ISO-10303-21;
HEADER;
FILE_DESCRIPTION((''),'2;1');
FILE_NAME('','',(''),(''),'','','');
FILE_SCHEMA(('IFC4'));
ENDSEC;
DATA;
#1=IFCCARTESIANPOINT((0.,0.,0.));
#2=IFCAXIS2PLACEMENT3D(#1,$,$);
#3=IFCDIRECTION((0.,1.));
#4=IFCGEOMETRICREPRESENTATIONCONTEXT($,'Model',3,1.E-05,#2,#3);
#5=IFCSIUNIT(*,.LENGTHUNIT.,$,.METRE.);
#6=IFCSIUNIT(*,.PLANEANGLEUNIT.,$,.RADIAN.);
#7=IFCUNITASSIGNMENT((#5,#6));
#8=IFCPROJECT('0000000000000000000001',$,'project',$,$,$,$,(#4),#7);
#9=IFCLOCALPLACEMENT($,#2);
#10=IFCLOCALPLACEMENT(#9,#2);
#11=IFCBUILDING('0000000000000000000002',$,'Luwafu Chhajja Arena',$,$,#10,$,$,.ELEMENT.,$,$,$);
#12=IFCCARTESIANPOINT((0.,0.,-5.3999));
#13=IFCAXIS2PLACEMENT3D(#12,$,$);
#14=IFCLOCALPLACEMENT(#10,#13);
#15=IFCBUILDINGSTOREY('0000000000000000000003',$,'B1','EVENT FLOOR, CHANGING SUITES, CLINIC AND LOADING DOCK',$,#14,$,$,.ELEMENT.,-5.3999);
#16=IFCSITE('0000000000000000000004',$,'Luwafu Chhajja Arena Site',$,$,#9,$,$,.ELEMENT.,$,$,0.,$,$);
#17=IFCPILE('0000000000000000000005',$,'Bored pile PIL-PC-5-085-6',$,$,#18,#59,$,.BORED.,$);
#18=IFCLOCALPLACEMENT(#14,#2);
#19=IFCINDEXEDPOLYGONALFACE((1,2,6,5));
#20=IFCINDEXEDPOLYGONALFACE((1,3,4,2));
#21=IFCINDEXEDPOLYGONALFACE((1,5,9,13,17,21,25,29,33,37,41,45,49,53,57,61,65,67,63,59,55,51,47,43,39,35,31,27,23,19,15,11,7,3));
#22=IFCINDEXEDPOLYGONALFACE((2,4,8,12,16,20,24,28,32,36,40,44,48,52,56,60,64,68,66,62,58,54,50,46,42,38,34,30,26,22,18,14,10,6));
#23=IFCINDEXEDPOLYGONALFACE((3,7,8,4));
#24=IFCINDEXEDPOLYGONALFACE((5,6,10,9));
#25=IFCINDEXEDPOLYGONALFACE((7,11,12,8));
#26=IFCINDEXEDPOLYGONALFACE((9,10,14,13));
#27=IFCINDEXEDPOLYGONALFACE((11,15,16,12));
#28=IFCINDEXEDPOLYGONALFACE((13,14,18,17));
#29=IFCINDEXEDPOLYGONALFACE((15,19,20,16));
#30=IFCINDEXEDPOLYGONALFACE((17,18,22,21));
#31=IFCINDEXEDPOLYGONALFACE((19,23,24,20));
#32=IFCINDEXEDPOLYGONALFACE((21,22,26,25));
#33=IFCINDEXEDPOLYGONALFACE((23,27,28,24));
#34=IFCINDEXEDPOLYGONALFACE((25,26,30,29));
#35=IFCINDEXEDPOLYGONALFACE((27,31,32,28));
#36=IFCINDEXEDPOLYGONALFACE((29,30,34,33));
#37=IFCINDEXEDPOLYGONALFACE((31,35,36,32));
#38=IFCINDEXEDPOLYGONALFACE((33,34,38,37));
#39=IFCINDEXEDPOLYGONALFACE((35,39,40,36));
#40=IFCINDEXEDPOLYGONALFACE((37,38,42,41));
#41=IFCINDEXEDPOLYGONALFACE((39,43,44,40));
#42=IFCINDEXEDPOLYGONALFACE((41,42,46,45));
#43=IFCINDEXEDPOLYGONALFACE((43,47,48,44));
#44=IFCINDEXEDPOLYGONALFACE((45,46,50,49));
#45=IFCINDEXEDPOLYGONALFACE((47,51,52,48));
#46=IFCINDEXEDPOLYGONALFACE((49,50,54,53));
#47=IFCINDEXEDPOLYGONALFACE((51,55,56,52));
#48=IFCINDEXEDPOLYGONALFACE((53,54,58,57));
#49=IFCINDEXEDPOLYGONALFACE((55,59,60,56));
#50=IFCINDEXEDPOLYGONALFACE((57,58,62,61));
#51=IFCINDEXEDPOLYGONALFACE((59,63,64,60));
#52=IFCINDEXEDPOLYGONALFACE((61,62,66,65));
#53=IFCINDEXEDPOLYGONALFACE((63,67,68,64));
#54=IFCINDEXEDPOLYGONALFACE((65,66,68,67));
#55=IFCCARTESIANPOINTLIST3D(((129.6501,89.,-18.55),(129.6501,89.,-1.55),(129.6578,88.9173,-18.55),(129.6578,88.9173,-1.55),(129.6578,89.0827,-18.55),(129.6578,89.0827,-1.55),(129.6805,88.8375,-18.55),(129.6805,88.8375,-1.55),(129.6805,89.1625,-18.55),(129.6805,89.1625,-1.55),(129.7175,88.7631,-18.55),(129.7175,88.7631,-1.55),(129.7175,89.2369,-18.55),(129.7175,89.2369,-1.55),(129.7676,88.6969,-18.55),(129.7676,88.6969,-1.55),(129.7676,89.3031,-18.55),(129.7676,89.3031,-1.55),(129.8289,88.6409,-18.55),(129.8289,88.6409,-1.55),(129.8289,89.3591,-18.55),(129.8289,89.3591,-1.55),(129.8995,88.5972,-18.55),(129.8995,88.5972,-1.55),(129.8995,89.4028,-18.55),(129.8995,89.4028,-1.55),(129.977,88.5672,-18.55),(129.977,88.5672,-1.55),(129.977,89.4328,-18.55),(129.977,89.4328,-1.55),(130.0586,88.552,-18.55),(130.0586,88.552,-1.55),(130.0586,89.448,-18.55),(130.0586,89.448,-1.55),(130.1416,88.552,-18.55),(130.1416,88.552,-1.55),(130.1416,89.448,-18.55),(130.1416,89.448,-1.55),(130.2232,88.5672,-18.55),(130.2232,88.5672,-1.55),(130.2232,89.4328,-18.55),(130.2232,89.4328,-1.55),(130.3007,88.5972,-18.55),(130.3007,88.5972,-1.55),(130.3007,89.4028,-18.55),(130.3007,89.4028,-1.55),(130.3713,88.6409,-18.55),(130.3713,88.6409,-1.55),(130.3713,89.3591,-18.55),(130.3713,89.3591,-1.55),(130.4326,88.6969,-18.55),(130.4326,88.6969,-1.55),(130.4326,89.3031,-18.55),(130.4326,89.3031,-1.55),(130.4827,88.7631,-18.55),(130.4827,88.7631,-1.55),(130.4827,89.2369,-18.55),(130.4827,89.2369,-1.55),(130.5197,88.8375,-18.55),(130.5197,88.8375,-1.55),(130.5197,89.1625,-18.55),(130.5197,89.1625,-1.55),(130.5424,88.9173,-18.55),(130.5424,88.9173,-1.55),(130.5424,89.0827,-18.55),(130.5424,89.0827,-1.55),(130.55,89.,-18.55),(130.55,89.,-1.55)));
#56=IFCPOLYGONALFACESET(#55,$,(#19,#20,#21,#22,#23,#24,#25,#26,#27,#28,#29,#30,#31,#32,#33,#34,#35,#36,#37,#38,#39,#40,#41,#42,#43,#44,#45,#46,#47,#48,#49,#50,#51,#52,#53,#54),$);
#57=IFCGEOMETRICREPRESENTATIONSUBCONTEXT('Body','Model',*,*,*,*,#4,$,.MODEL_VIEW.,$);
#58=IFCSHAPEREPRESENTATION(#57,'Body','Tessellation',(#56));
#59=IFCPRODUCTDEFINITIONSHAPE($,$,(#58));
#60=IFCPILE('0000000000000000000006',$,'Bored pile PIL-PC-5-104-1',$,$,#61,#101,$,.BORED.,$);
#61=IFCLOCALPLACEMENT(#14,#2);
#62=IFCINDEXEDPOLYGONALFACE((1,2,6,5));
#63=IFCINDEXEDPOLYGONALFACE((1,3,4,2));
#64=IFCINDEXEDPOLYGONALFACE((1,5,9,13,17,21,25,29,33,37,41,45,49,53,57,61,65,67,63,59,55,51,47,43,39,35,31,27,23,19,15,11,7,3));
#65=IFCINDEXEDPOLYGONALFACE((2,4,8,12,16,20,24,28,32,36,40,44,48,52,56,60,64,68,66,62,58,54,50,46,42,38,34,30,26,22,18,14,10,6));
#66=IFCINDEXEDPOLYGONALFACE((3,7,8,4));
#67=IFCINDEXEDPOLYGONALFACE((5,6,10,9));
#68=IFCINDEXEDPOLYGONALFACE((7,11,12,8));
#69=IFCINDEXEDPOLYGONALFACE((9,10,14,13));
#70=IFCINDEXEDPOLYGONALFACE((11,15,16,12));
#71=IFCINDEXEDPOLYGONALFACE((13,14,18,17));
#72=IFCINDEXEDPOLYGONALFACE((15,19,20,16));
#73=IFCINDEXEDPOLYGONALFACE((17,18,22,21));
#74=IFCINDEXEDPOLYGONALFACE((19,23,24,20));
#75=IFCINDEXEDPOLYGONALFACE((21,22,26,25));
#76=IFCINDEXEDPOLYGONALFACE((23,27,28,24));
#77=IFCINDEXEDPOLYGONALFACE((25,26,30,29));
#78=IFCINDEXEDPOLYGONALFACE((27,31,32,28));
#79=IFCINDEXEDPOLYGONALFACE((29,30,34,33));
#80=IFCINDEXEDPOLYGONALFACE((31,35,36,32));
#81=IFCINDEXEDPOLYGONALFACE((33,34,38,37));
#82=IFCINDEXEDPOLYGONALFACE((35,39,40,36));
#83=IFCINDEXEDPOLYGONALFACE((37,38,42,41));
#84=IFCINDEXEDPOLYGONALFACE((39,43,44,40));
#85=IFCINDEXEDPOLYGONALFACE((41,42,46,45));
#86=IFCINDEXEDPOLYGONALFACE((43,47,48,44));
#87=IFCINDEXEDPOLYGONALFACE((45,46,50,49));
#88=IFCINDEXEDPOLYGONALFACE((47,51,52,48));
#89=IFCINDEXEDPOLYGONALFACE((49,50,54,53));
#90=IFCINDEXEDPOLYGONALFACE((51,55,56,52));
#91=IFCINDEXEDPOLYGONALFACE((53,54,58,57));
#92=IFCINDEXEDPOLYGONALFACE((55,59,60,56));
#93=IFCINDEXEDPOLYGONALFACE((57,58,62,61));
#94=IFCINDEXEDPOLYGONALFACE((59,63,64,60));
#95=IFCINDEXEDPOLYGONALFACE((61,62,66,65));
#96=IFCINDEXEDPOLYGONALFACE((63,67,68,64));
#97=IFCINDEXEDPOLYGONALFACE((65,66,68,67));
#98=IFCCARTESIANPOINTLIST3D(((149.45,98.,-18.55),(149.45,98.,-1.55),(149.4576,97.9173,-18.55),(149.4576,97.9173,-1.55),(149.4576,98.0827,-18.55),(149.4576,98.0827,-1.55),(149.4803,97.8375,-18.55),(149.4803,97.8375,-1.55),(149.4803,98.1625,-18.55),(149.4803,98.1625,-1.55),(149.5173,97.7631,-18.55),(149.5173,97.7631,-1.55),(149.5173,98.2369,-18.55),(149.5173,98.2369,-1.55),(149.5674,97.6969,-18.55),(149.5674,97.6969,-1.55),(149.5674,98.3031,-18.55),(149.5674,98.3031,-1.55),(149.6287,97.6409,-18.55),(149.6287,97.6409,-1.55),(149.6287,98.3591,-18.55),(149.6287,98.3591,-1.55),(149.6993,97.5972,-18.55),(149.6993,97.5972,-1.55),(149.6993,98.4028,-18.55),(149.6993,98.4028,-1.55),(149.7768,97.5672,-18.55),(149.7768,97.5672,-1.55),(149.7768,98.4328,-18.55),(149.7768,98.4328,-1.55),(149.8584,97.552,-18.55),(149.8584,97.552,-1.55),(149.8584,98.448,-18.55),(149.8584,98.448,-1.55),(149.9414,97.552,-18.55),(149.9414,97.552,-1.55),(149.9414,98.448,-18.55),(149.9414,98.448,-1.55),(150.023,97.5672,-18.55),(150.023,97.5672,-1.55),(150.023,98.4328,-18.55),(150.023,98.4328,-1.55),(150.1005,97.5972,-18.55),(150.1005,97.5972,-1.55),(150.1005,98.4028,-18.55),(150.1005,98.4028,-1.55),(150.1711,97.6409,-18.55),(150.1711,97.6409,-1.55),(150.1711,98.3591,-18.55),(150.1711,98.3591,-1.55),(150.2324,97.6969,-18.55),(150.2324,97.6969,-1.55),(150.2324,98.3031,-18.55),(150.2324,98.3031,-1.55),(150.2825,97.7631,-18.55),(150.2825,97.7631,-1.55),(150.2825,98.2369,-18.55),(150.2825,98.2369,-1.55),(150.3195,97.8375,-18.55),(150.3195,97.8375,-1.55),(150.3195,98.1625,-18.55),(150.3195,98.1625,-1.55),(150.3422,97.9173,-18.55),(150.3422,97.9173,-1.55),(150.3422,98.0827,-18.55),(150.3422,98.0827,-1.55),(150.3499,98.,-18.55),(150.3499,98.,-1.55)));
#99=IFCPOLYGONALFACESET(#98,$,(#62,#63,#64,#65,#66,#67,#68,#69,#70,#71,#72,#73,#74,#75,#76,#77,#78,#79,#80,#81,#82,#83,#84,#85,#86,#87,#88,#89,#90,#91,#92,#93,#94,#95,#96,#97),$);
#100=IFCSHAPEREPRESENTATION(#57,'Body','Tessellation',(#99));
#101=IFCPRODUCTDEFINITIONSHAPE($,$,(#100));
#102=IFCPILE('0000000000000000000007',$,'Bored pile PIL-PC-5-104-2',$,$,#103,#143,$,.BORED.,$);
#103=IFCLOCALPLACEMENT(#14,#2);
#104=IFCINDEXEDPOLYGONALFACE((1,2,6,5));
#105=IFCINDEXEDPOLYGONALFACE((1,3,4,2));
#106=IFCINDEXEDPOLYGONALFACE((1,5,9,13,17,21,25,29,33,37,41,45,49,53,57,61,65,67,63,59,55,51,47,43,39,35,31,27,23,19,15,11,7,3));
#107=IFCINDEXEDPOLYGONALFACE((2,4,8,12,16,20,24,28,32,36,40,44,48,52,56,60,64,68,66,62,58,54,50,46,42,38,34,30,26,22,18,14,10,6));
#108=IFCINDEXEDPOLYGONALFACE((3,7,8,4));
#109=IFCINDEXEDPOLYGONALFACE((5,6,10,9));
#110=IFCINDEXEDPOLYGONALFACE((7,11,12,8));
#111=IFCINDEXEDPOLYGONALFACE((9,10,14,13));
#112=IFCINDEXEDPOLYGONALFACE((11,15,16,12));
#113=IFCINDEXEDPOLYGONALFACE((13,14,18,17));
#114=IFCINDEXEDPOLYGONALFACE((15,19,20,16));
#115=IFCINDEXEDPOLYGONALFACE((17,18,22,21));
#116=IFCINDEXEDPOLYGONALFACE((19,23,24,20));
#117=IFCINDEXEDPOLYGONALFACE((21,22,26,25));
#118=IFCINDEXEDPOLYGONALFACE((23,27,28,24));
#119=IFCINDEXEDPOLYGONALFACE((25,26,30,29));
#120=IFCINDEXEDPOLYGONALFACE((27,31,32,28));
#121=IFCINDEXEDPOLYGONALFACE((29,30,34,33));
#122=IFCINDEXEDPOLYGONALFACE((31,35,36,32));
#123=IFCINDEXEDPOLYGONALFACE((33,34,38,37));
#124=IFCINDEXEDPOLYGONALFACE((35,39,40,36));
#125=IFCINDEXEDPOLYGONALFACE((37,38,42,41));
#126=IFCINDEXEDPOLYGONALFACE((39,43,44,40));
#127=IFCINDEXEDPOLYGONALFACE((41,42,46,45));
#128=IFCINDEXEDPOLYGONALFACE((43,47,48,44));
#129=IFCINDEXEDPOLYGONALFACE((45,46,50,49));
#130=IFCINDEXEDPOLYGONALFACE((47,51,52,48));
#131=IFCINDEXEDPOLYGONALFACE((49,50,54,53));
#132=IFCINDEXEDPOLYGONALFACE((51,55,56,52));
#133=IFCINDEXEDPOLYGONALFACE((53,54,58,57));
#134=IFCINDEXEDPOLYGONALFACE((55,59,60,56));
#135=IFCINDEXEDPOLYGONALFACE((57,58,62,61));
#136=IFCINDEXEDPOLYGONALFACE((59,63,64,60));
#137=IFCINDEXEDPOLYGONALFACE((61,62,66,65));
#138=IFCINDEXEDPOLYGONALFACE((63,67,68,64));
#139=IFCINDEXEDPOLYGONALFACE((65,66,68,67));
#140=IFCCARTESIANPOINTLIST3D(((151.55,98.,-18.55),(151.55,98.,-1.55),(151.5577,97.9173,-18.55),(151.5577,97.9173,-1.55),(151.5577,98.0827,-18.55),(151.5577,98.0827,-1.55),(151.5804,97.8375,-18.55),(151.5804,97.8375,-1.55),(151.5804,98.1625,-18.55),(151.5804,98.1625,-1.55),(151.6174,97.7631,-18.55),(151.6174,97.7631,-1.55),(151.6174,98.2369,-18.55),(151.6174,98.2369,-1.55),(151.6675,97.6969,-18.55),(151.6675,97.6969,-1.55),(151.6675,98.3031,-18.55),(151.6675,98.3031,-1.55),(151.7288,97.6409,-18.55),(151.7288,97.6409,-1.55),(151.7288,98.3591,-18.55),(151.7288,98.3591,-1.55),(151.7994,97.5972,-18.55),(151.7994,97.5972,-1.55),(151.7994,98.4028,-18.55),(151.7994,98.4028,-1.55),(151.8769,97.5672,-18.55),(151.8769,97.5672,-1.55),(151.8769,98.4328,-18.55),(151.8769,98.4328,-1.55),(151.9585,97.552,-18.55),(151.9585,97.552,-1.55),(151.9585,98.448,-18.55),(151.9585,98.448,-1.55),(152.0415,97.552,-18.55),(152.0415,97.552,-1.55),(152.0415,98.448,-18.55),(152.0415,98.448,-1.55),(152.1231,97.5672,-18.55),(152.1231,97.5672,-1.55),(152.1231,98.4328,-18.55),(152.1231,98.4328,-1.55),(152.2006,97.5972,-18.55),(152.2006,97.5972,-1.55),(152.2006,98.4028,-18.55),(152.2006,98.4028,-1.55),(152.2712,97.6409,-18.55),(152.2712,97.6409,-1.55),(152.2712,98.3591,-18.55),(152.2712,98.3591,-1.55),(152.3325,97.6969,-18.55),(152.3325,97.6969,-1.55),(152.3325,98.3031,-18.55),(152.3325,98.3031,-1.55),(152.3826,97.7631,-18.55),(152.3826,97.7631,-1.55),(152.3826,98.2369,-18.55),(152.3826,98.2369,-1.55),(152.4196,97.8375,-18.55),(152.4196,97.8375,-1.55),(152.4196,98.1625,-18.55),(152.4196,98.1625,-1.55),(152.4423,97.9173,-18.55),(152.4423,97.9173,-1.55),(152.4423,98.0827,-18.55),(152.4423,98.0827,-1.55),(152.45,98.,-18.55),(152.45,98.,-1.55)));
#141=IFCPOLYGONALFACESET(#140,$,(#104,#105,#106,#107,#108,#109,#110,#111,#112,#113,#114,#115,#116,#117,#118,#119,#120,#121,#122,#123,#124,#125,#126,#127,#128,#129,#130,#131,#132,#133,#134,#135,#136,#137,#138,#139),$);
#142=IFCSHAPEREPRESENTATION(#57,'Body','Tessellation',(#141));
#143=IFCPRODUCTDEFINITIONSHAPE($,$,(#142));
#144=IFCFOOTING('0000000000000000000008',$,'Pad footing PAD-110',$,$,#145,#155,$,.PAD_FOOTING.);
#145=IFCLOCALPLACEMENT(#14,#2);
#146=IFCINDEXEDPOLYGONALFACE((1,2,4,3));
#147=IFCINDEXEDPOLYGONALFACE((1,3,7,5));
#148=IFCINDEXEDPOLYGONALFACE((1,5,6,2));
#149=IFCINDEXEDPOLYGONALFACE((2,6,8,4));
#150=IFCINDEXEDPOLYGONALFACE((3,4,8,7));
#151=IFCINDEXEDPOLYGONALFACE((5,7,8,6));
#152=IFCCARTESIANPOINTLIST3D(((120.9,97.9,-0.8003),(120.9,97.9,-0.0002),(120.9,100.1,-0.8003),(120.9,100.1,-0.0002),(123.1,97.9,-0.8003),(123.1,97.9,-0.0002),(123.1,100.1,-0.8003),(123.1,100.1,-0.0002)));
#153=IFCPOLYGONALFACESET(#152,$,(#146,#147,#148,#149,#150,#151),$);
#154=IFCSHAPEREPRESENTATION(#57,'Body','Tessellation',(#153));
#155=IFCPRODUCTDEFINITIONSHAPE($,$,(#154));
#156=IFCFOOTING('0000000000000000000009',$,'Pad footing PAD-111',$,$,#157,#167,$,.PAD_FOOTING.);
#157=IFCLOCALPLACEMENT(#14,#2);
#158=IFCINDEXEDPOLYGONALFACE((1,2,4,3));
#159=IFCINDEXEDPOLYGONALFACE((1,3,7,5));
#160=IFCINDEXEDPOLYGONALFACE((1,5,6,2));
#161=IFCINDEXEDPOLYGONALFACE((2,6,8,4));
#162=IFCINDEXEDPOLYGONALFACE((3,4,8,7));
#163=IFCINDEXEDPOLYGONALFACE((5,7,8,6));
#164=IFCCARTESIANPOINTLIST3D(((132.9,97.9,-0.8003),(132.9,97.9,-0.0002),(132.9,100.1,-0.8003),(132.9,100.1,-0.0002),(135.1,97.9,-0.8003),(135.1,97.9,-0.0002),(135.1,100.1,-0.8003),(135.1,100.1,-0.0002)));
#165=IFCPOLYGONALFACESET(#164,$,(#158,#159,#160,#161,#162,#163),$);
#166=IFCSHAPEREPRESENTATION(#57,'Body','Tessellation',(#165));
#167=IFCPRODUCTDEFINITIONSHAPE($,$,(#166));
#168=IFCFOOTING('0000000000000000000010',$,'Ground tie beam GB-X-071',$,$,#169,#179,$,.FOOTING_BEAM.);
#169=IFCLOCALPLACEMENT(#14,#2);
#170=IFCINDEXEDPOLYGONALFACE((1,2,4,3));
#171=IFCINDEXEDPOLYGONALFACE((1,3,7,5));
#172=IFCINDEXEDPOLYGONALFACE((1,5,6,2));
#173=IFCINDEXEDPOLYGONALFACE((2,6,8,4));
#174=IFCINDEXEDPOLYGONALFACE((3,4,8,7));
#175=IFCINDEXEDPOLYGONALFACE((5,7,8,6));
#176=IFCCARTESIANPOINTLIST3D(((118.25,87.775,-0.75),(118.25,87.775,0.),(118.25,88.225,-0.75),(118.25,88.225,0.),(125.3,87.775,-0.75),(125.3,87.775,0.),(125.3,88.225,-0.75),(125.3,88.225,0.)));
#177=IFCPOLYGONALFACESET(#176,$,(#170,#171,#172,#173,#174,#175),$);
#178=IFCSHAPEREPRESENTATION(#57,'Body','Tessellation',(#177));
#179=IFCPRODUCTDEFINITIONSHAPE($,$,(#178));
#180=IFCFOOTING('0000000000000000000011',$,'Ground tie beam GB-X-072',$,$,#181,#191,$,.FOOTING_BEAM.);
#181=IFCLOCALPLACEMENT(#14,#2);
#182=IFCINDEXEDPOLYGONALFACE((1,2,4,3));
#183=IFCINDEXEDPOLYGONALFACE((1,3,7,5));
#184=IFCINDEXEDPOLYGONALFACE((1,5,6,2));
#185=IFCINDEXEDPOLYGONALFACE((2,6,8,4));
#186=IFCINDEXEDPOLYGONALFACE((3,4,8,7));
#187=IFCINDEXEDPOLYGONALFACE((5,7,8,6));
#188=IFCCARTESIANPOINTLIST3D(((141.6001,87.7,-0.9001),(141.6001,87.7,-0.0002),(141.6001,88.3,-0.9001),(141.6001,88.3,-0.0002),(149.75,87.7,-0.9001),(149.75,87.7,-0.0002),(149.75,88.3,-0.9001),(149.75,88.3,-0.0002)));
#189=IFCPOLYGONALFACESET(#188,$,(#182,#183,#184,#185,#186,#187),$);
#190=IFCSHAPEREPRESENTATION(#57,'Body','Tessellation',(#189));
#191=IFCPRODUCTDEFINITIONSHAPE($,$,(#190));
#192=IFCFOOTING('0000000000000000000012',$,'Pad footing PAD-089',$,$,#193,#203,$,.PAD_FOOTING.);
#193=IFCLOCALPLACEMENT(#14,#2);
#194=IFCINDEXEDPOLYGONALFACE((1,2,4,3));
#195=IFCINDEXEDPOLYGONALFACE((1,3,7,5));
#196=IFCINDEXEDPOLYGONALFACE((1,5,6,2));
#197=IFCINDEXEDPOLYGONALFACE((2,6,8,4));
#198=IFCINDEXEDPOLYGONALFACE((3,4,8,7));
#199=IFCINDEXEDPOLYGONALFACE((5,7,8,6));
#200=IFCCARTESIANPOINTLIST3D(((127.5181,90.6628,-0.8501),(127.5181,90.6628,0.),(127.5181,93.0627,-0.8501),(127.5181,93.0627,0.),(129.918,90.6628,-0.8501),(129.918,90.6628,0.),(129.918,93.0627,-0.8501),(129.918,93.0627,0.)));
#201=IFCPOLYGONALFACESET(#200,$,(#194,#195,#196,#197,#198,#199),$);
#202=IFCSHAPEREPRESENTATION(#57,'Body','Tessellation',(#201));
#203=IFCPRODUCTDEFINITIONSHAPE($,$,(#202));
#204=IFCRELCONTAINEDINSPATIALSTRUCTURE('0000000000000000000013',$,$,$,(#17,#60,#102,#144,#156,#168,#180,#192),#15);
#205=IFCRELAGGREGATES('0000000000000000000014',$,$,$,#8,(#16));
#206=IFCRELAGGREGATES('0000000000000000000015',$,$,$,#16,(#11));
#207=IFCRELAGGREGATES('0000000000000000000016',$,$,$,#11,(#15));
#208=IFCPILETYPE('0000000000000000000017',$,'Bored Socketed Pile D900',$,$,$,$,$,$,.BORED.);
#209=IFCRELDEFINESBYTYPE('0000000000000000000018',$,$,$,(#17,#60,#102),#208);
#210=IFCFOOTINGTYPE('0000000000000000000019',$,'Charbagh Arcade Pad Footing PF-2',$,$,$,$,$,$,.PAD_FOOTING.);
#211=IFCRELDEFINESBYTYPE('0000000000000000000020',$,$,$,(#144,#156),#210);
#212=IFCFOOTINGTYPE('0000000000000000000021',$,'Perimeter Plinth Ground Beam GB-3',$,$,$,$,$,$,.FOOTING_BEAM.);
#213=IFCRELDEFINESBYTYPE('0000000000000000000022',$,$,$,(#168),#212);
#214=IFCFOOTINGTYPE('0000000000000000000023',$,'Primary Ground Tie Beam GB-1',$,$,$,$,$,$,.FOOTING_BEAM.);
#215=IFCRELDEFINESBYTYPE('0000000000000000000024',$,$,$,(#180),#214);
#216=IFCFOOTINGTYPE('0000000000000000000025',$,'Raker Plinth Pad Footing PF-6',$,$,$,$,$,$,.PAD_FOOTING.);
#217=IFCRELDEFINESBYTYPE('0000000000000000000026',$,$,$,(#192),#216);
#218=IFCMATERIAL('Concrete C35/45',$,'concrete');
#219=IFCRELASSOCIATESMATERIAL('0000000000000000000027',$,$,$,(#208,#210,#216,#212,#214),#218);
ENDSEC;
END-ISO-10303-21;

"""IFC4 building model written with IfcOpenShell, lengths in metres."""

from ifc_helpers import new_model, si_unit, direction, frame, origin, origin_2d, place, context, subcontext, project, spatial, rectangle, circle, extrude, material, material_profile, profile_set, type_object, element, save


model = new_model("IFC4")

# Units and contexts
model_context = context("Model", 3, precision=1e-05, world=origin(), true_north=direction((0.0, 1.0)))
body_context = subcontext(model_context, "Body", "Model", "MODEL_VIEW")
ifc_project = project(units=[si_unit("LENGTHUNIT", "METRE"), si_unit("PLANEANGLEUNIT", "RADIAN")], contexts=[model_context])

# Site, building, storey
site_placement = place(None, origin())
site = spatial("IfcSite", under=ifc_project, at=site_placement, Name="Luwafu Chhajja Arena Site", CompositionType="ELEMENT", RefElevation=0.0)
building_placement = place(site_placement, origin())
building = spatial("IfcBuilding", under=site, at=building_placement, Name="Luwafu Chhajja Arena", CompositionType="ELEMENT")
storey_placement = place(building_placement, frame((0.0, 0.0, -5.3999)))
storey = spatial("IfcBuildingStorey", under=building, at=storey_placement, Name="B1", Description="EVENT FLOOR, CHANGING SUITES, CLINIC AND LOADING DOCK", CompositionType="ELEMENT", Elevation=-5.3999)

# Piles
ifc_material_1 = material(Name="Concrete C35/45", Category="concrete")
ifc_material_profile_1 = material_profile(ifc_material_1, circle(Radius=0.45, at=origin_2d()), Name="PILE D900")
ifc_profile_set_1 = profile_set([ifc_material_profile_1], Name="Concrete C35/45")
pile_type_1 = type_object("IfcPileType", Name="Bored Socketed Pile D900", PredefinedType="BORED", material=ifc_profile_set_1)
for number, where, z_axis, x_axis, name in (
    (1, (130.1001, 89.0, -1.55), (0.0, 0.0, -1.0), (1.0, 0.0, 0.0), "Bored pile PIL-PC-5-085-6"),
    (2, (149.8999, 98.0, -1.55), (0.0, 0.0, -1.0), (1.0, 0.0, 0.0), "Bored pile PIL-PC-5-104-1"),
    (3, (152.0, 98.0, -1.55), (0.0, 0.0, -1.0), (1.0, 0.0, 0.0), "Bored pile PIL-PC-5-104-2"),
):
    element("IfcPile", number, at=place(storey_placement, frame(where, z_axis=z_axis, x_axis=x_axis)), inside=storey, type_object=pile_type_1, Name=name, PredefinedType="BORED", context=body_context, shape_type="SweptSolid", body=[
        extrude(circle(Radius=0.45, at=origin_2d()), origin(), (0.0, 0.0, 1.0), 17.0),
    ])

# Footings
footing_type_1 = type_object("IfcFootingType", Name="Charbagh Arcade Pad Footing PF-2", PredefinedType="PAD_FOOTING", material=ifc_material_1)
for number, where, z_axis, x_axis, name in (
    (4, (122.0, 99.0, -0.8003), (0.0, 0.0, 1.0), (1.0, 0.0, 0.0), "Pad footing PAD-110"),
    (5, (134.0, 99.0, -0.8003), (0.0, 0.0, 1.0), (1.0, 0.0, 0.0), "Pad footing PAD-111"),
):
    element("IfcFooting", number, at=place(storey_placement, frame(where, z_axis=z_axis, x_axis=x_axis)), inside=storey, type_object=footing_type_1, Name=name, PredefinedType="PAD_FOOTING", context=body_context, shape_type="SweptSolid", body=[
        extrude(rectangle(XDim=2.2, YDim=2.2, at=origin_2d()), origin(), (0.0, 0.0, 1.0), 0.8),
    ])
ifc_material_profile_2 = material_profile(ifc_material_1, rectangle(XDim=0.45, YDim=0.75, at=origin_2d()), Name="RC 450x750")
ifc_profile_set_2 = profile_set([ifc_material_profile_2], Name="Concrete C35/45")
footing_type_2 = type_object("IfcFootingType", Name="Perimeter Plinth Ground Beam GB-3", PredefinedType="FOOTING_BEAM", material=ifc_profile_set_2)
footing_1_placement = place(storey_placement, frame((118.25, 88.0, -0.375), z_axis=(1.0, 0.0, 0.0), x_axis=(0.0, 1.0, 0.0)))
element("IfcFooting", 6, at=footing_1_placement, inside=storey, type_object=footing_type_2, Name="Ground tie beam GB-X-071", PredefinedType="FOOTING_BEAM", context=body_context, shape_type="SweptSolid", body=[
    extrude(rectangle(XDim=0.45, YDim=0.75, at=origin_2d()), origin(), (0.0, 0.0, 1.0), 7.05),
])
ifc_material_profile_3 = material_profile(ifc_material_1, rectangle(XDim=0.6001, YDim=0.8999, at=origin_2d()), Name="RC 600x900")
ifc_profile_set_3 = profile_set([ifc_material_profile_3], Name="Concrete C35/45")
footing_type_3 = type_object("IfcFootingType", Name="Primary Ground Tie Beam GB-1", PredefinedType="FOOTING_BEAM", material=ifc_profile_set_3)
footing_2_placement = place(storey_placement, frame((141.6001, 88.0, -0.4502), z_axis=(1.0, 0.0, 0.0), x_axis=(0.0, 1.0, 0.0)))
element("IfcFooting", 7, at=footing_2_placement, inside=storey, type_object=footing_type_3, Name="Ground tie beam GB-X-072", PredefinedType="FOOTING_BEAM", context=body_context, shape_type="SweptSolid", body=[
    extrude(rectangle(XDim=0.6001, YDim=0.8999, at=origin_2d()), origin(), (0.0, 0.0, 1.0), 8.1499),
])
footing_type_4 = type_object("IfcFootingType", Name="Raker Plinth Pad Footing PF-6", PredefinedType="PAD_FOOTING", material=ifc_material_1)
footing_3_placement = place(storey_placement, frame((128.718, 91.8628, -0.8501), z_axis=(0.0, 0.0, 1.0), x_axis=(1.0, 0.0, 0.0)))
element("IfcFooting", 8, at=footing_3_placement, inside=storey, type_object=footing_type_4, Name="Pad footing PAD-089", PredefinedType="PAD_FOOTING", context=body_context, shape_type="SweptSolid", body=[
    extrude(rectangle(XDim=2.3999, YDim=2.3999, at=origin_2d()), origin(), (0.0, 0.0, 1.0), 0.8501),
])

save(model, "model.ifc")
